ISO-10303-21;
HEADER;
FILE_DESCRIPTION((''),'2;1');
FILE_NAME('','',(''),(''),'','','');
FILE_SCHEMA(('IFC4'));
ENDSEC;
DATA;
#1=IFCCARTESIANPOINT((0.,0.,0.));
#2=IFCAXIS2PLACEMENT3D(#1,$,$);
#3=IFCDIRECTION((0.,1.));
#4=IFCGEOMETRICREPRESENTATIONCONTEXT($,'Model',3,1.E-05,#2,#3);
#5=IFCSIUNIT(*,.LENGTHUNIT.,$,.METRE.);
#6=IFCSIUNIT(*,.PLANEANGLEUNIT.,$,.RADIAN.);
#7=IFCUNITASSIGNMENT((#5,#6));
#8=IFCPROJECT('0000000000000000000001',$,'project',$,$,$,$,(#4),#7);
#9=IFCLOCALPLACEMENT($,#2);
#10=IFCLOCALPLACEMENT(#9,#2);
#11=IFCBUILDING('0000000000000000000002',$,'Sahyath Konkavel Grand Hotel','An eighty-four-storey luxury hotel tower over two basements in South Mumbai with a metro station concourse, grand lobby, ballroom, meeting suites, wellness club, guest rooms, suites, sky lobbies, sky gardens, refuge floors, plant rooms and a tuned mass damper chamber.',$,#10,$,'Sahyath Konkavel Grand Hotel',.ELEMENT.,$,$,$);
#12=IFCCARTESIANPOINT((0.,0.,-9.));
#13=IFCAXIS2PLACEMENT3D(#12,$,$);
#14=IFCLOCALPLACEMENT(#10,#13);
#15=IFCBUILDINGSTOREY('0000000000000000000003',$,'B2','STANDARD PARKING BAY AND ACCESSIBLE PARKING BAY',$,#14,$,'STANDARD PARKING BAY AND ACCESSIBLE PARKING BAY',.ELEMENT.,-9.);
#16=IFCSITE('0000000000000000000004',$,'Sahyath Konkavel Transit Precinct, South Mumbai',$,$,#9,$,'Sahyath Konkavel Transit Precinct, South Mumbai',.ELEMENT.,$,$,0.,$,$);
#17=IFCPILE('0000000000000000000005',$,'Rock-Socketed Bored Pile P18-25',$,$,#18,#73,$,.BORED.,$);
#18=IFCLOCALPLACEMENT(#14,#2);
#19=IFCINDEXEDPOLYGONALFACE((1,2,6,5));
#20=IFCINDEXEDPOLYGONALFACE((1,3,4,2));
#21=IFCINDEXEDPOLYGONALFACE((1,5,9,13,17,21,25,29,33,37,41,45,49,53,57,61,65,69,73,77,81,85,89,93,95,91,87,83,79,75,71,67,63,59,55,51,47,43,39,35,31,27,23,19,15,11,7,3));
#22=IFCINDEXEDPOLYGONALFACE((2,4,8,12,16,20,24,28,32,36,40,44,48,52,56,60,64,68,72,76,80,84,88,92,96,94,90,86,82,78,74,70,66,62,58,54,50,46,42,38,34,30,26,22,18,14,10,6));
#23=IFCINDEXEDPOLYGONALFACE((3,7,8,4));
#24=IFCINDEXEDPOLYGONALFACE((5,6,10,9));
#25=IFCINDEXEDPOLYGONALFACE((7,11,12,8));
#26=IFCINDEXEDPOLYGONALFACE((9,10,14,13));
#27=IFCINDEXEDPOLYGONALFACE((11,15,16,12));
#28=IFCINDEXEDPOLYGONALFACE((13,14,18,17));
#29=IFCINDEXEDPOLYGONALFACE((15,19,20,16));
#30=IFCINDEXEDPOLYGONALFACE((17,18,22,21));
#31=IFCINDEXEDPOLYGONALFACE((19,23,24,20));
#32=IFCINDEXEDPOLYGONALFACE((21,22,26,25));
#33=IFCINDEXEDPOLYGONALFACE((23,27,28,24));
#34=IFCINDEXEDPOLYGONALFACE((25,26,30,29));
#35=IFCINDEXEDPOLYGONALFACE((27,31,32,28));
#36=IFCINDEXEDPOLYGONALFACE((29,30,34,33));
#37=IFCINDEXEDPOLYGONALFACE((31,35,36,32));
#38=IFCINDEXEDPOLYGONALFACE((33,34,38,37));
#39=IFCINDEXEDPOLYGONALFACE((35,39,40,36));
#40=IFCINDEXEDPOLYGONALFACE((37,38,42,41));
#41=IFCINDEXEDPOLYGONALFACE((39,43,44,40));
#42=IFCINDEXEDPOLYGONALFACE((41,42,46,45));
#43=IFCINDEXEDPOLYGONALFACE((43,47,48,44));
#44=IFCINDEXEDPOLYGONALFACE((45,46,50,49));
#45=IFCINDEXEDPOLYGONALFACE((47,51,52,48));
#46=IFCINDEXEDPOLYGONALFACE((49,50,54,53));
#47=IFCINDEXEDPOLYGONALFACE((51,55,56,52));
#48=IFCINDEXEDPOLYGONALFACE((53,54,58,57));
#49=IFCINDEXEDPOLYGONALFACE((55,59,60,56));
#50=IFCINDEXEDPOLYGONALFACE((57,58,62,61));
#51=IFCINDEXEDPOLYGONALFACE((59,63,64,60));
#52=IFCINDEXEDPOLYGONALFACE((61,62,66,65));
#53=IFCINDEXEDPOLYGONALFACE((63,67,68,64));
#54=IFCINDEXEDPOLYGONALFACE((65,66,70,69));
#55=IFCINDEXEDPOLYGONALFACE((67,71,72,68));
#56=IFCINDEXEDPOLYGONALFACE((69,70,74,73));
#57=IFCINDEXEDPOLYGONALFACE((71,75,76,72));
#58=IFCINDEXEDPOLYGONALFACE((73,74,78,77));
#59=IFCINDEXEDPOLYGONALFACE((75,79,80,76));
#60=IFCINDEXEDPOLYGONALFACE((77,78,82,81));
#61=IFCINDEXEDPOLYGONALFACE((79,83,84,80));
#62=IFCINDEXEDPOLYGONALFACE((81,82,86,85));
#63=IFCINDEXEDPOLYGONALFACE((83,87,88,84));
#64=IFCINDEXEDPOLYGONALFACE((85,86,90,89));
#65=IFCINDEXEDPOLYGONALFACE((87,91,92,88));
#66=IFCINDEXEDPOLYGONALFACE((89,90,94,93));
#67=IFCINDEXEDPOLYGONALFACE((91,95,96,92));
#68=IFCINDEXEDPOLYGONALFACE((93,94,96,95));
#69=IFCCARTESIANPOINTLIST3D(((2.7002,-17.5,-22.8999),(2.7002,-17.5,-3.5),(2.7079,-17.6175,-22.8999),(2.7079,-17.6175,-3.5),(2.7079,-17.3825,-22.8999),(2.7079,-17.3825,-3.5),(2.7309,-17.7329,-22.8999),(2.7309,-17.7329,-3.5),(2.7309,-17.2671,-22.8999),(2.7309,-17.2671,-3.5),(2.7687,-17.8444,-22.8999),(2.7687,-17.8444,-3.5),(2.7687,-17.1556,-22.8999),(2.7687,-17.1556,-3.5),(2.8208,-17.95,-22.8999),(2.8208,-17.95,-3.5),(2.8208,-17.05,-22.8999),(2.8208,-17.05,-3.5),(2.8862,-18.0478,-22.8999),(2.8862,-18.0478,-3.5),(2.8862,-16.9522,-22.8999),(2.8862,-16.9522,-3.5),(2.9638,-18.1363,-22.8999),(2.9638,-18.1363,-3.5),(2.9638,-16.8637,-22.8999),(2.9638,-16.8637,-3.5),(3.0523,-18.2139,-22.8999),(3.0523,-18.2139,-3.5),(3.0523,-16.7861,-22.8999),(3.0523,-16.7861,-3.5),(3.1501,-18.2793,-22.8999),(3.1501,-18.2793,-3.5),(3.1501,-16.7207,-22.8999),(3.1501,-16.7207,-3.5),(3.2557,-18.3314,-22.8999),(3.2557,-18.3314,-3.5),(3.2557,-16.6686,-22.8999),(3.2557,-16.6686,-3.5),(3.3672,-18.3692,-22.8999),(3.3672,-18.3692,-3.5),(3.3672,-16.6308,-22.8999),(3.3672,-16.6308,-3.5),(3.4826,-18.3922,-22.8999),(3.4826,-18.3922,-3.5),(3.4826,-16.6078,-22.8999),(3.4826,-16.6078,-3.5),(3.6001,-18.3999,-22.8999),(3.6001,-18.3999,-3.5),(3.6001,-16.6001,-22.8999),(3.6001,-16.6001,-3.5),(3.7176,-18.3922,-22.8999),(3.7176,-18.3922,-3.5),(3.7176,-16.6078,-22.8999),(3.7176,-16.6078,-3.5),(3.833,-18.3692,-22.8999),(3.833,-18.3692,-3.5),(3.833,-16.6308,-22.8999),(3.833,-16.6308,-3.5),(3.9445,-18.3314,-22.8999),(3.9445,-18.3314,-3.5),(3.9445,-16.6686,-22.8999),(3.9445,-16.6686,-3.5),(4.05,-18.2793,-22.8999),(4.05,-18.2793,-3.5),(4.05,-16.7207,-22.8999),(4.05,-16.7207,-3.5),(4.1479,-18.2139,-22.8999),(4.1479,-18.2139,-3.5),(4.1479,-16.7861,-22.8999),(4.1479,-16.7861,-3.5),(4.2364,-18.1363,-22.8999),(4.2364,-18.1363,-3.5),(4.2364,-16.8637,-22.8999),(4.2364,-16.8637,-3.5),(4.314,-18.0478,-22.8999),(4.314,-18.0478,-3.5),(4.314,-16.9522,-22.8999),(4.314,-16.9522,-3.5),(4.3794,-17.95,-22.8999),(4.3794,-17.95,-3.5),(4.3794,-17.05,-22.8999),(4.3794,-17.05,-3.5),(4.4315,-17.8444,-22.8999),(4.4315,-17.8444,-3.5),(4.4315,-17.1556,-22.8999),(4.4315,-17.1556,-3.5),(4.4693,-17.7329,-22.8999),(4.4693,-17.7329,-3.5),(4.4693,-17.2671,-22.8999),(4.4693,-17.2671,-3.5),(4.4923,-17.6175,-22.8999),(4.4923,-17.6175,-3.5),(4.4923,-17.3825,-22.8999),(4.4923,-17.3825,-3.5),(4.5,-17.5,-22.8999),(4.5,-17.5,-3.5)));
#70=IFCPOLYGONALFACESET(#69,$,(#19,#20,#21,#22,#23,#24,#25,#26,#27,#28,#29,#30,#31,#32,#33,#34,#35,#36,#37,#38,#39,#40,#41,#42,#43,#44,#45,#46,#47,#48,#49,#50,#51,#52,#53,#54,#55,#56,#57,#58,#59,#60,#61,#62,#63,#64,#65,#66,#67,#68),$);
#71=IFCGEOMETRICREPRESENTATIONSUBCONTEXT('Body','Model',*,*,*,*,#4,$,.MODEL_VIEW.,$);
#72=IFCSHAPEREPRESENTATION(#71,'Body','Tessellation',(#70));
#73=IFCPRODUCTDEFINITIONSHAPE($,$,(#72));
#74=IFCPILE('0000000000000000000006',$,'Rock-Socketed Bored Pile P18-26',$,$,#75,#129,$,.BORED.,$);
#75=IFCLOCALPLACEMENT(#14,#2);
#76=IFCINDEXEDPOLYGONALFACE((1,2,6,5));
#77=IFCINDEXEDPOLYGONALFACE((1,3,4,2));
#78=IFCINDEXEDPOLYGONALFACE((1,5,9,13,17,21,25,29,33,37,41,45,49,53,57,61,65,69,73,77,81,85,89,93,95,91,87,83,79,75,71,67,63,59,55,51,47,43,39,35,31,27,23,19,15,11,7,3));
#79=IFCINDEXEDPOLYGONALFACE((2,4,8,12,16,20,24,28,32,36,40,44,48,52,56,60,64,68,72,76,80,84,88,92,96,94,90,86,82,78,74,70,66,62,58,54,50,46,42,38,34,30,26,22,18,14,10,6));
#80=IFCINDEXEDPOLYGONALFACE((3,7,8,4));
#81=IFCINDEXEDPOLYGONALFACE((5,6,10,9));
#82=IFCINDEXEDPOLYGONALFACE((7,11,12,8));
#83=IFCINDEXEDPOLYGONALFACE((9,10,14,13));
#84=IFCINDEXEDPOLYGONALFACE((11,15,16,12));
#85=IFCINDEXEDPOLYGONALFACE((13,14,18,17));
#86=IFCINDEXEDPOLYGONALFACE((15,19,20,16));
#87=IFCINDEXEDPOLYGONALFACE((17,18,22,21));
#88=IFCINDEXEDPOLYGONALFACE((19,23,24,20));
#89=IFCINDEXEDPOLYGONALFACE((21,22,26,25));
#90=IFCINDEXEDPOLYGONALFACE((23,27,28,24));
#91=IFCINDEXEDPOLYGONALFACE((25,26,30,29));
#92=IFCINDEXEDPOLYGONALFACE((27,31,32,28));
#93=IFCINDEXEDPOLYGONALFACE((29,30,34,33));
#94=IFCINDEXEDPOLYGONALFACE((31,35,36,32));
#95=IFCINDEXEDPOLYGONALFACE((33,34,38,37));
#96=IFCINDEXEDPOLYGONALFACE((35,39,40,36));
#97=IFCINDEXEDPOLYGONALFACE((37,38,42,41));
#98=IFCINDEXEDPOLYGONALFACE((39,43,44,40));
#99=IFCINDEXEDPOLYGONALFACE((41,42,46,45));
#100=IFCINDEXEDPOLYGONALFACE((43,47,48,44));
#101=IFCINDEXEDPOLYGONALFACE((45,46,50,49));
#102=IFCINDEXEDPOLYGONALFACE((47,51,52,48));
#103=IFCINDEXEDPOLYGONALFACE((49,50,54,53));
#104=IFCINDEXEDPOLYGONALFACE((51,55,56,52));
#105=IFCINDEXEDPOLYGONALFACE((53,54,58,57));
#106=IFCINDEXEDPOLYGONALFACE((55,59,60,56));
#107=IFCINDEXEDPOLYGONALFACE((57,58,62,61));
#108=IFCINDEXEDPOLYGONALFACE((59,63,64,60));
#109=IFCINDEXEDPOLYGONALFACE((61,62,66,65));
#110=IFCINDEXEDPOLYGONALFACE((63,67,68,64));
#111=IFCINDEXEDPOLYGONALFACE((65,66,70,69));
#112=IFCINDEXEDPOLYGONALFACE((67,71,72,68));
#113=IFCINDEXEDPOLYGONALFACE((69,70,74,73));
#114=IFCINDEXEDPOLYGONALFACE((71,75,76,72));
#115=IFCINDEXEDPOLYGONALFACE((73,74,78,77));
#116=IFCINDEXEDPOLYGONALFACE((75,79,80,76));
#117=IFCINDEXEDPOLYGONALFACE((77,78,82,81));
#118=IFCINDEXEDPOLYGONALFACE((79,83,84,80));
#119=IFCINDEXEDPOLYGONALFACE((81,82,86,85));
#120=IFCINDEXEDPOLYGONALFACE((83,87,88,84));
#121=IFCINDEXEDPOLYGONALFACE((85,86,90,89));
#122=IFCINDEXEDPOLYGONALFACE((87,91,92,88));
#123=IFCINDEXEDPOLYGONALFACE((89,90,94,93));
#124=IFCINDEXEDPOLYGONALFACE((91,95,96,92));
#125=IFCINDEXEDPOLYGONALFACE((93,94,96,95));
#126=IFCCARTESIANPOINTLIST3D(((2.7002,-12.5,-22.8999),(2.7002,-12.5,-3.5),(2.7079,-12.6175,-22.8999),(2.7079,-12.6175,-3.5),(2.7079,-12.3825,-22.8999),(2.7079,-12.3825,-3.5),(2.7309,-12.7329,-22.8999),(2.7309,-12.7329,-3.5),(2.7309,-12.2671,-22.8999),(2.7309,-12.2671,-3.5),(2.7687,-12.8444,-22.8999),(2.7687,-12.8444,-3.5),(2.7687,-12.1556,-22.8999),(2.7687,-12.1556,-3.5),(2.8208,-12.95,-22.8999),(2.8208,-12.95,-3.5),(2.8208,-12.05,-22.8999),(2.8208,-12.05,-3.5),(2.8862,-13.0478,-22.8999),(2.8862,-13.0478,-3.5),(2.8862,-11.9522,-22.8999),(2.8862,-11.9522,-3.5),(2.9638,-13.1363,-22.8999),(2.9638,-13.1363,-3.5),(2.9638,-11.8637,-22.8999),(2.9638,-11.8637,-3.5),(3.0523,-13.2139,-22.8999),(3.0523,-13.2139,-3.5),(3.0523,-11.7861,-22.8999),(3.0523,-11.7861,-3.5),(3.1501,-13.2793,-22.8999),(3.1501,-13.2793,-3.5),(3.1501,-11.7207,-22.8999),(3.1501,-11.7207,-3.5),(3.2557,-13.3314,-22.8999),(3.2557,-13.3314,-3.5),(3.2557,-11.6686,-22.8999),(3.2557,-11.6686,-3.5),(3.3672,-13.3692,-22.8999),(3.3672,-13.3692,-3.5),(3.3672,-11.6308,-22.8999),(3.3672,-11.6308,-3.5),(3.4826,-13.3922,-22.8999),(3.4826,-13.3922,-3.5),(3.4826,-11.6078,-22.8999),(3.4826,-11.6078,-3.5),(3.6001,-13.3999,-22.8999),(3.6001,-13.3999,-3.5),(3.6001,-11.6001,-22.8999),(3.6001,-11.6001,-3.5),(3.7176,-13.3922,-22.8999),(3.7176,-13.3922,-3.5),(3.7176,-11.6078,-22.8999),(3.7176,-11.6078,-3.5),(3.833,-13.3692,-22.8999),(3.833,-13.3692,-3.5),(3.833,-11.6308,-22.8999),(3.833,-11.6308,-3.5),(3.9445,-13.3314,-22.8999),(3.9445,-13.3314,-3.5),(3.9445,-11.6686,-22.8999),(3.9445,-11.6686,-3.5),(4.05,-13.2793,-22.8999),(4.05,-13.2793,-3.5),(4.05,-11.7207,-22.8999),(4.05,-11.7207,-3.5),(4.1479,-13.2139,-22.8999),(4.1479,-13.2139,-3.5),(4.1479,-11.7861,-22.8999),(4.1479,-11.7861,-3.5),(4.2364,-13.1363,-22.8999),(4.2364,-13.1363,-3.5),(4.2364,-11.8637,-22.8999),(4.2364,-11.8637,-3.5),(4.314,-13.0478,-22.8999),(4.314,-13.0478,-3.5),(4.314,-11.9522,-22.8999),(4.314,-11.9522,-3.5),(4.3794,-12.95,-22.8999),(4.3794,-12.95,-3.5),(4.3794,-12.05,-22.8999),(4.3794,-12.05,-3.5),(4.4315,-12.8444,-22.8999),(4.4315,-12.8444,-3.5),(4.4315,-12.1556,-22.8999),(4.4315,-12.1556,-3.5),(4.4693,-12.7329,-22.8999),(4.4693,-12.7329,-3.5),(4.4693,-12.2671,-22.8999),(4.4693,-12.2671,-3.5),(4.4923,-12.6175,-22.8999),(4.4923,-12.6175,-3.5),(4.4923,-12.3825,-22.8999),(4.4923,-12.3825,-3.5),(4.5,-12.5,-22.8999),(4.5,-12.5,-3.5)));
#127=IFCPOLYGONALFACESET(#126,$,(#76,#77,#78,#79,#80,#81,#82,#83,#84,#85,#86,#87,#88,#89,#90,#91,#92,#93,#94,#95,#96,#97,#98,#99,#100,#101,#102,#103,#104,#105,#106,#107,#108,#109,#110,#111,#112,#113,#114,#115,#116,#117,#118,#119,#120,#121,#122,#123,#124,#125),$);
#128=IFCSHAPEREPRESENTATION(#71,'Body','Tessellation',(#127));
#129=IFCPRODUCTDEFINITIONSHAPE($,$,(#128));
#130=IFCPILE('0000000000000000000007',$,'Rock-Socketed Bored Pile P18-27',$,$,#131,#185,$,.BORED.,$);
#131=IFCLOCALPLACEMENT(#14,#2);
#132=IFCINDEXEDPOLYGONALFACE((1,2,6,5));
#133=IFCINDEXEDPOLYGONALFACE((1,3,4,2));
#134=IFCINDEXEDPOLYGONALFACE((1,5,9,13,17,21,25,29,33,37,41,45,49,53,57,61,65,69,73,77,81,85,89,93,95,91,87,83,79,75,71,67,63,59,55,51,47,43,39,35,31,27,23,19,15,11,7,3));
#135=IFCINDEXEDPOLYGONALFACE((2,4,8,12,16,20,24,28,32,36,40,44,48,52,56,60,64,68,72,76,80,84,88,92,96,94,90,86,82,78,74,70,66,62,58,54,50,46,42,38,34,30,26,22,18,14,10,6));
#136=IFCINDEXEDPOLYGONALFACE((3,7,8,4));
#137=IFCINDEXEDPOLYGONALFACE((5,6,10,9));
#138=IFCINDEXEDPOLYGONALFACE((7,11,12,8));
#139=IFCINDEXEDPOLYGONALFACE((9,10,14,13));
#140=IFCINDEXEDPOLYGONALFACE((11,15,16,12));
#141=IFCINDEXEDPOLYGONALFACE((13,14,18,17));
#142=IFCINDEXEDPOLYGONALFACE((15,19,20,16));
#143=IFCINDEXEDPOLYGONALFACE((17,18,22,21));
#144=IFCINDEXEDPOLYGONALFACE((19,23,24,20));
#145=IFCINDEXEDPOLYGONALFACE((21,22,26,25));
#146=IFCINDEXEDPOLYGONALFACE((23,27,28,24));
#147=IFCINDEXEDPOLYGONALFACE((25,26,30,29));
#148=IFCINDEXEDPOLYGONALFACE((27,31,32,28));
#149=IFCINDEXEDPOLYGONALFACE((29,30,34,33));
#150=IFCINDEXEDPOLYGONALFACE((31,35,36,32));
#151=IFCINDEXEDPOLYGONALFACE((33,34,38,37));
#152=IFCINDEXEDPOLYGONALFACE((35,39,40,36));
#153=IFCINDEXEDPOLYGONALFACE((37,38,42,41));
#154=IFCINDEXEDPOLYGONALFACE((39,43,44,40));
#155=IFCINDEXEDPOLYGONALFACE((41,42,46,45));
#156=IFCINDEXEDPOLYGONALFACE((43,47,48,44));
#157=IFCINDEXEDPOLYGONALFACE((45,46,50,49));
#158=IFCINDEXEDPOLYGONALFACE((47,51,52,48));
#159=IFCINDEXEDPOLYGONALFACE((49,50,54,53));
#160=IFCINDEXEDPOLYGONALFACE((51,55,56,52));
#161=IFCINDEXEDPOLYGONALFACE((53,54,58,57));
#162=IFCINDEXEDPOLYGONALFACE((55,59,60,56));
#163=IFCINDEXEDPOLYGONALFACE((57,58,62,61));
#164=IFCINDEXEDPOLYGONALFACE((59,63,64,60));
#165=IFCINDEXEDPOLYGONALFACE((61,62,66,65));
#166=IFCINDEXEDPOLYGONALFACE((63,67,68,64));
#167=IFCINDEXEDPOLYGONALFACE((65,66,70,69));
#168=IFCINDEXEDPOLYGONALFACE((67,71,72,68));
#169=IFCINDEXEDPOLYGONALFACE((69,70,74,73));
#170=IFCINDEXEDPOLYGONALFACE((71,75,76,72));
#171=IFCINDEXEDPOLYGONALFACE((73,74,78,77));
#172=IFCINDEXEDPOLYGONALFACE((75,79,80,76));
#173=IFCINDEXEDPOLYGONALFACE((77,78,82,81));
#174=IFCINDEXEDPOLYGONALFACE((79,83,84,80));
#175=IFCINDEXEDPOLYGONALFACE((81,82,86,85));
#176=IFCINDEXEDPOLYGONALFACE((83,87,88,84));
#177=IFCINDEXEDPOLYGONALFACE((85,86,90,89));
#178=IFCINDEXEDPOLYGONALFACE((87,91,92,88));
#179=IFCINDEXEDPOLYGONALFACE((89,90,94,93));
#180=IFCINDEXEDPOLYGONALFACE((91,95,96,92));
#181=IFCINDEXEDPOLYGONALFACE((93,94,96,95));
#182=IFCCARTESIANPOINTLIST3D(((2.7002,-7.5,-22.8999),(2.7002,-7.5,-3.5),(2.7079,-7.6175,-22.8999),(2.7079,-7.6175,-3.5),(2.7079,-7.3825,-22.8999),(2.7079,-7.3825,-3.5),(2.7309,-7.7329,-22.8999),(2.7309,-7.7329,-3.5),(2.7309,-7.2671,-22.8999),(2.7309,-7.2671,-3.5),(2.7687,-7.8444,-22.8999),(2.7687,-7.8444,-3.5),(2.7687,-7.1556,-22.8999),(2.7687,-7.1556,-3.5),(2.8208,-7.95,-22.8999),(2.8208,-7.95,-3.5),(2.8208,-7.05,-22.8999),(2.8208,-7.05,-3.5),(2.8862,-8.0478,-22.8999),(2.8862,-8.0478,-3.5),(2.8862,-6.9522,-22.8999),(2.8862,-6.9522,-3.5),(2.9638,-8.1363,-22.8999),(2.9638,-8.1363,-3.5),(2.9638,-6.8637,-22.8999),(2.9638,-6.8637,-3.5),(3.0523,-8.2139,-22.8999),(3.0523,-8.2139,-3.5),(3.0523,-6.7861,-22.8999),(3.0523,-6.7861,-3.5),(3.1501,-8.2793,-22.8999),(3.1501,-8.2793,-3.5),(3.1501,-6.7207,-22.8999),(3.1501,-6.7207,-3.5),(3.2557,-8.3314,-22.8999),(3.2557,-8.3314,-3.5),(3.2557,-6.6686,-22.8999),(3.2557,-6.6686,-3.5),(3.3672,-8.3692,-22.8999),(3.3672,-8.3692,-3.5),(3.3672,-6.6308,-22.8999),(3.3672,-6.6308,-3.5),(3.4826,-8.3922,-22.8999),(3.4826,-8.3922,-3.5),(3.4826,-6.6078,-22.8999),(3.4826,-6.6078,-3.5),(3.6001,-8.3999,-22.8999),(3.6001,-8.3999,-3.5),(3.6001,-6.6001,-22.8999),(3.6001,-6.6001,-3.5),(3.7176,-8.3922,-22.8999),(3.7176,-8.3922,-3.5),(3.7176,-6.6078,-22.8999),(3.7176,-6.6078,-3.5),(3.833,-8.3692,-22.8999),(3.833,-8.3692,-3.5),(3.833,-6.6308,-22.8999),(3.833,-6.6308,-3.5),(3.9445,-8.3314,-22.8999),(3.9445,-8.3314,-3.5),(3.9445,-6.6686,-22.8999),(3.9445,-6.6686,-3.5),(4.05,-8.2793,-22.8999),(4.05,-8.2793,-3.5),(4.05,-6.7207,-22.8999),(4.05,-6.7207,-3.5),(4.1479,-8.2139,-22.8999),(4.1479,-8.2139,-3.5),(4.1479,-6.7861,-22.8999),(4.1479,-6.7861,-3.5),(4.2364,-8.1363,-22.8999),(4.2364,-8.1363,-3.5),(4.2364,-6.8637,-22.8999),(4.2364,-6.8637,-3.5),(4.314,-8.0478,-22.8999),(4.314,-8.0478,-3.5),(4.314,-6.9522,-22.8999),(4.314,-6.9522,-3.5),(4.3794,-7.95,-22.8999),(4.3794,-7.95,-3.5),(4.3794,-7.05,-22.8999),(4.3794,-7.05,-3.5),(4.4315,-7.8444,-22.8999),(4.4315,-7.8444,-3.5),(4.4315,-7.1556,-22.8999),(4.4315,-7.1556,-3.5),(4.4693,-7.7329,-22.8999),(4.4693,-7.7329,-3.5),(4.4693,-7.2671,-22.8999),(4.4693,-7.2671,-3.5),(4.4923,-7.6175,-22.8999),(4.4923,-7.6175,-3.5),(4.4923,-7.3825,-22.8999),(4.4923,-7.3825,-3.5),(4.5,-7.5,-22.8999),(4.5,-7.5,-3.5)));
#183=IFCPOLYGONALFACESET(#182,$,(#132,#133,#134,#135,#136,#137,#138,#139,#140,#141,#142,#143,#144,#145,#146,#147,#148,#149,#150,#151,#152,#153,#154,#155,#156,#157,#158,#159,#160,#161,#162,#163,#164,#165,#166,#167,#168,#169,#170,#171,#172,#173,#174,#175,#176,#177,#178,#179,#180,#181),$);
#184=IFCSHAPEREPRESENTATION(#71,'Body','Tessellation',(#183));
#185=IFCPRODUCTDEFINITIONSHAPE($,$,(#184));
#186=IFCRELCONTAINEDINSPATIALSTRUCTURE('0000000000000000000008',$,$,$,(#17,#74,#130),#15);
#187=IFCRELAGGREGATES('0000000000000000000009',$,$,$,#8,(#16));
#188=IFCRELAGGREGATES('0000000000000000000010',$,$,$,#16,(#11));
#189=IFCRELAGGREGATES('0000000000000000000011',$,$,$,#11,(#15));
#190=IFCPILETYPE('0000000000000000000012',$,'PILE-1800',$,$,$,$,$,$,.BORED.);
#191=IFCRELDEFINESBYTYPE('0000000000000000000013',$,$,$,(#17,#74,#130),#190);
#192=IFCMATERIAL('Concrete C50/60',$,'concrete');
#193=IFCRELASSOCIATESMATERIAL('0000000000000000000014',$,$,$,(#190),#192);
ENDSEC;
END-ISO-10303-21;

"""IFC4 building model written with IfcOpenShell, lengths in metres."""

from ifc_helpers import new_model, si_unit, direction, frame, origin, origin_2d, place, context, subcontext, project, spatial, circle, extrude, material, material_profile, profile_set, type_object, element, save


model = new_model("IFC4")

# Units and contexts
model_context = context("Model", 3, precision=1e-05, world=origin(), true_north=direction((0.0, 1.0)))
body_context = subcontext(model_context, "Body", "Model", "MODEL_VIEW")
ifc_project = project(units=[si_unit("LENGTHUNIT", "METRE"), si_unit("PLANEANGLEUNIT", "RADIAN")], contexts=[model_context])

# Site, building, storey
site_placement = place(None, origin())
site = spatial("IfcSite", under=ifc_project, at=site_placement, Name="Sahyath Konkavel Transit Precinct, South Mumbai", LongName="Sahyath Konkavel Transit Precinct, South Mumbai", CompositionType="ELEMENT", RefElevation=0.0)
building_placement = place(site_placement, origin())
building = spatial("IfcBuilding", under=site, at=building_placement, Name="Sahyath Konkavel Grand Hotel", Description="An eighty-four-storey luxury hotel tower over two basements in South Mumbai with a metro station concourse, grand lobby, ballroom, meeting suites, wellness club, guest rooms, suites, sky lobbies, sky gardens, refuge floors, plant rooms and a tuned mass damper chamber.", LongName="Sahyath Konkavel Grand Hotel", CompositionType="ELEMENT")
storey_placement = place(building_placement, frame((0.0, 0.0, -9.0)))
storey = spatial("IfcBuildingStorey", under=building, at=storey_placement, Name="B2", Description="STANDARD PARKING BAY AND ACCESSIBLE PARKING BAY", LongName="STANDARD PARKING BAY AND ACCESSIBLE PARKING BAY", CompositionType="ELEMENT", Elevation=-9.0)

# Piles
ifc_material_1 = material(Name="Concrete C50/60", Category="concrete")
ifc_material_profile_1 = material_profile(ifc_material_1, circle(Radius=0.8999, at=origin_2d()), Name="PILE D1800")
ifc_profile_set_1 = profile_set([ifc_material_profile_1], Name="Concrete C50/60")
pile_type_1 = type_object("IfcPileType", Name="PILE-1800", PredefinedType="BORED", material=ifc_profile_set_1)
for number, where, z_axis, x_axis, name in (
    (1, (3.6001, -17.5, -3.5), (0.0, 0.0, -1.0), (1.0, 0.0, 0.0), "Rock-Socketed Bored Pile P18-25"),
    (2, (3.6001, -12.5, -3.5), (0.0, 0.0, -1.0), (1.0, 0.0, 0.0), "Rock-Socketed Bored Pile P18-26"),
    (3, (3.6001, -7.5, -3.5), (0.0, 0.0, -1.0), (1.0, 0.0, 0.0), "Rock-Socketed Bored Pile P18-27"),
):
    element("IfcPile", number, at=place(storey_placement, frame(where, z_axis=z_axis, x_axis=x_axis)), inside=storey, type_object=pile_type_1, Name=name, PredefinedType="BORED", context=body_context, shape_type="SweptSolid", body=[
        extrude(circle(Radius=0.8999, at=origin_2d()), origin(), (0.0, 0.0, 1.0), 19.3999),
    ])

save(model, "model.ifc")
